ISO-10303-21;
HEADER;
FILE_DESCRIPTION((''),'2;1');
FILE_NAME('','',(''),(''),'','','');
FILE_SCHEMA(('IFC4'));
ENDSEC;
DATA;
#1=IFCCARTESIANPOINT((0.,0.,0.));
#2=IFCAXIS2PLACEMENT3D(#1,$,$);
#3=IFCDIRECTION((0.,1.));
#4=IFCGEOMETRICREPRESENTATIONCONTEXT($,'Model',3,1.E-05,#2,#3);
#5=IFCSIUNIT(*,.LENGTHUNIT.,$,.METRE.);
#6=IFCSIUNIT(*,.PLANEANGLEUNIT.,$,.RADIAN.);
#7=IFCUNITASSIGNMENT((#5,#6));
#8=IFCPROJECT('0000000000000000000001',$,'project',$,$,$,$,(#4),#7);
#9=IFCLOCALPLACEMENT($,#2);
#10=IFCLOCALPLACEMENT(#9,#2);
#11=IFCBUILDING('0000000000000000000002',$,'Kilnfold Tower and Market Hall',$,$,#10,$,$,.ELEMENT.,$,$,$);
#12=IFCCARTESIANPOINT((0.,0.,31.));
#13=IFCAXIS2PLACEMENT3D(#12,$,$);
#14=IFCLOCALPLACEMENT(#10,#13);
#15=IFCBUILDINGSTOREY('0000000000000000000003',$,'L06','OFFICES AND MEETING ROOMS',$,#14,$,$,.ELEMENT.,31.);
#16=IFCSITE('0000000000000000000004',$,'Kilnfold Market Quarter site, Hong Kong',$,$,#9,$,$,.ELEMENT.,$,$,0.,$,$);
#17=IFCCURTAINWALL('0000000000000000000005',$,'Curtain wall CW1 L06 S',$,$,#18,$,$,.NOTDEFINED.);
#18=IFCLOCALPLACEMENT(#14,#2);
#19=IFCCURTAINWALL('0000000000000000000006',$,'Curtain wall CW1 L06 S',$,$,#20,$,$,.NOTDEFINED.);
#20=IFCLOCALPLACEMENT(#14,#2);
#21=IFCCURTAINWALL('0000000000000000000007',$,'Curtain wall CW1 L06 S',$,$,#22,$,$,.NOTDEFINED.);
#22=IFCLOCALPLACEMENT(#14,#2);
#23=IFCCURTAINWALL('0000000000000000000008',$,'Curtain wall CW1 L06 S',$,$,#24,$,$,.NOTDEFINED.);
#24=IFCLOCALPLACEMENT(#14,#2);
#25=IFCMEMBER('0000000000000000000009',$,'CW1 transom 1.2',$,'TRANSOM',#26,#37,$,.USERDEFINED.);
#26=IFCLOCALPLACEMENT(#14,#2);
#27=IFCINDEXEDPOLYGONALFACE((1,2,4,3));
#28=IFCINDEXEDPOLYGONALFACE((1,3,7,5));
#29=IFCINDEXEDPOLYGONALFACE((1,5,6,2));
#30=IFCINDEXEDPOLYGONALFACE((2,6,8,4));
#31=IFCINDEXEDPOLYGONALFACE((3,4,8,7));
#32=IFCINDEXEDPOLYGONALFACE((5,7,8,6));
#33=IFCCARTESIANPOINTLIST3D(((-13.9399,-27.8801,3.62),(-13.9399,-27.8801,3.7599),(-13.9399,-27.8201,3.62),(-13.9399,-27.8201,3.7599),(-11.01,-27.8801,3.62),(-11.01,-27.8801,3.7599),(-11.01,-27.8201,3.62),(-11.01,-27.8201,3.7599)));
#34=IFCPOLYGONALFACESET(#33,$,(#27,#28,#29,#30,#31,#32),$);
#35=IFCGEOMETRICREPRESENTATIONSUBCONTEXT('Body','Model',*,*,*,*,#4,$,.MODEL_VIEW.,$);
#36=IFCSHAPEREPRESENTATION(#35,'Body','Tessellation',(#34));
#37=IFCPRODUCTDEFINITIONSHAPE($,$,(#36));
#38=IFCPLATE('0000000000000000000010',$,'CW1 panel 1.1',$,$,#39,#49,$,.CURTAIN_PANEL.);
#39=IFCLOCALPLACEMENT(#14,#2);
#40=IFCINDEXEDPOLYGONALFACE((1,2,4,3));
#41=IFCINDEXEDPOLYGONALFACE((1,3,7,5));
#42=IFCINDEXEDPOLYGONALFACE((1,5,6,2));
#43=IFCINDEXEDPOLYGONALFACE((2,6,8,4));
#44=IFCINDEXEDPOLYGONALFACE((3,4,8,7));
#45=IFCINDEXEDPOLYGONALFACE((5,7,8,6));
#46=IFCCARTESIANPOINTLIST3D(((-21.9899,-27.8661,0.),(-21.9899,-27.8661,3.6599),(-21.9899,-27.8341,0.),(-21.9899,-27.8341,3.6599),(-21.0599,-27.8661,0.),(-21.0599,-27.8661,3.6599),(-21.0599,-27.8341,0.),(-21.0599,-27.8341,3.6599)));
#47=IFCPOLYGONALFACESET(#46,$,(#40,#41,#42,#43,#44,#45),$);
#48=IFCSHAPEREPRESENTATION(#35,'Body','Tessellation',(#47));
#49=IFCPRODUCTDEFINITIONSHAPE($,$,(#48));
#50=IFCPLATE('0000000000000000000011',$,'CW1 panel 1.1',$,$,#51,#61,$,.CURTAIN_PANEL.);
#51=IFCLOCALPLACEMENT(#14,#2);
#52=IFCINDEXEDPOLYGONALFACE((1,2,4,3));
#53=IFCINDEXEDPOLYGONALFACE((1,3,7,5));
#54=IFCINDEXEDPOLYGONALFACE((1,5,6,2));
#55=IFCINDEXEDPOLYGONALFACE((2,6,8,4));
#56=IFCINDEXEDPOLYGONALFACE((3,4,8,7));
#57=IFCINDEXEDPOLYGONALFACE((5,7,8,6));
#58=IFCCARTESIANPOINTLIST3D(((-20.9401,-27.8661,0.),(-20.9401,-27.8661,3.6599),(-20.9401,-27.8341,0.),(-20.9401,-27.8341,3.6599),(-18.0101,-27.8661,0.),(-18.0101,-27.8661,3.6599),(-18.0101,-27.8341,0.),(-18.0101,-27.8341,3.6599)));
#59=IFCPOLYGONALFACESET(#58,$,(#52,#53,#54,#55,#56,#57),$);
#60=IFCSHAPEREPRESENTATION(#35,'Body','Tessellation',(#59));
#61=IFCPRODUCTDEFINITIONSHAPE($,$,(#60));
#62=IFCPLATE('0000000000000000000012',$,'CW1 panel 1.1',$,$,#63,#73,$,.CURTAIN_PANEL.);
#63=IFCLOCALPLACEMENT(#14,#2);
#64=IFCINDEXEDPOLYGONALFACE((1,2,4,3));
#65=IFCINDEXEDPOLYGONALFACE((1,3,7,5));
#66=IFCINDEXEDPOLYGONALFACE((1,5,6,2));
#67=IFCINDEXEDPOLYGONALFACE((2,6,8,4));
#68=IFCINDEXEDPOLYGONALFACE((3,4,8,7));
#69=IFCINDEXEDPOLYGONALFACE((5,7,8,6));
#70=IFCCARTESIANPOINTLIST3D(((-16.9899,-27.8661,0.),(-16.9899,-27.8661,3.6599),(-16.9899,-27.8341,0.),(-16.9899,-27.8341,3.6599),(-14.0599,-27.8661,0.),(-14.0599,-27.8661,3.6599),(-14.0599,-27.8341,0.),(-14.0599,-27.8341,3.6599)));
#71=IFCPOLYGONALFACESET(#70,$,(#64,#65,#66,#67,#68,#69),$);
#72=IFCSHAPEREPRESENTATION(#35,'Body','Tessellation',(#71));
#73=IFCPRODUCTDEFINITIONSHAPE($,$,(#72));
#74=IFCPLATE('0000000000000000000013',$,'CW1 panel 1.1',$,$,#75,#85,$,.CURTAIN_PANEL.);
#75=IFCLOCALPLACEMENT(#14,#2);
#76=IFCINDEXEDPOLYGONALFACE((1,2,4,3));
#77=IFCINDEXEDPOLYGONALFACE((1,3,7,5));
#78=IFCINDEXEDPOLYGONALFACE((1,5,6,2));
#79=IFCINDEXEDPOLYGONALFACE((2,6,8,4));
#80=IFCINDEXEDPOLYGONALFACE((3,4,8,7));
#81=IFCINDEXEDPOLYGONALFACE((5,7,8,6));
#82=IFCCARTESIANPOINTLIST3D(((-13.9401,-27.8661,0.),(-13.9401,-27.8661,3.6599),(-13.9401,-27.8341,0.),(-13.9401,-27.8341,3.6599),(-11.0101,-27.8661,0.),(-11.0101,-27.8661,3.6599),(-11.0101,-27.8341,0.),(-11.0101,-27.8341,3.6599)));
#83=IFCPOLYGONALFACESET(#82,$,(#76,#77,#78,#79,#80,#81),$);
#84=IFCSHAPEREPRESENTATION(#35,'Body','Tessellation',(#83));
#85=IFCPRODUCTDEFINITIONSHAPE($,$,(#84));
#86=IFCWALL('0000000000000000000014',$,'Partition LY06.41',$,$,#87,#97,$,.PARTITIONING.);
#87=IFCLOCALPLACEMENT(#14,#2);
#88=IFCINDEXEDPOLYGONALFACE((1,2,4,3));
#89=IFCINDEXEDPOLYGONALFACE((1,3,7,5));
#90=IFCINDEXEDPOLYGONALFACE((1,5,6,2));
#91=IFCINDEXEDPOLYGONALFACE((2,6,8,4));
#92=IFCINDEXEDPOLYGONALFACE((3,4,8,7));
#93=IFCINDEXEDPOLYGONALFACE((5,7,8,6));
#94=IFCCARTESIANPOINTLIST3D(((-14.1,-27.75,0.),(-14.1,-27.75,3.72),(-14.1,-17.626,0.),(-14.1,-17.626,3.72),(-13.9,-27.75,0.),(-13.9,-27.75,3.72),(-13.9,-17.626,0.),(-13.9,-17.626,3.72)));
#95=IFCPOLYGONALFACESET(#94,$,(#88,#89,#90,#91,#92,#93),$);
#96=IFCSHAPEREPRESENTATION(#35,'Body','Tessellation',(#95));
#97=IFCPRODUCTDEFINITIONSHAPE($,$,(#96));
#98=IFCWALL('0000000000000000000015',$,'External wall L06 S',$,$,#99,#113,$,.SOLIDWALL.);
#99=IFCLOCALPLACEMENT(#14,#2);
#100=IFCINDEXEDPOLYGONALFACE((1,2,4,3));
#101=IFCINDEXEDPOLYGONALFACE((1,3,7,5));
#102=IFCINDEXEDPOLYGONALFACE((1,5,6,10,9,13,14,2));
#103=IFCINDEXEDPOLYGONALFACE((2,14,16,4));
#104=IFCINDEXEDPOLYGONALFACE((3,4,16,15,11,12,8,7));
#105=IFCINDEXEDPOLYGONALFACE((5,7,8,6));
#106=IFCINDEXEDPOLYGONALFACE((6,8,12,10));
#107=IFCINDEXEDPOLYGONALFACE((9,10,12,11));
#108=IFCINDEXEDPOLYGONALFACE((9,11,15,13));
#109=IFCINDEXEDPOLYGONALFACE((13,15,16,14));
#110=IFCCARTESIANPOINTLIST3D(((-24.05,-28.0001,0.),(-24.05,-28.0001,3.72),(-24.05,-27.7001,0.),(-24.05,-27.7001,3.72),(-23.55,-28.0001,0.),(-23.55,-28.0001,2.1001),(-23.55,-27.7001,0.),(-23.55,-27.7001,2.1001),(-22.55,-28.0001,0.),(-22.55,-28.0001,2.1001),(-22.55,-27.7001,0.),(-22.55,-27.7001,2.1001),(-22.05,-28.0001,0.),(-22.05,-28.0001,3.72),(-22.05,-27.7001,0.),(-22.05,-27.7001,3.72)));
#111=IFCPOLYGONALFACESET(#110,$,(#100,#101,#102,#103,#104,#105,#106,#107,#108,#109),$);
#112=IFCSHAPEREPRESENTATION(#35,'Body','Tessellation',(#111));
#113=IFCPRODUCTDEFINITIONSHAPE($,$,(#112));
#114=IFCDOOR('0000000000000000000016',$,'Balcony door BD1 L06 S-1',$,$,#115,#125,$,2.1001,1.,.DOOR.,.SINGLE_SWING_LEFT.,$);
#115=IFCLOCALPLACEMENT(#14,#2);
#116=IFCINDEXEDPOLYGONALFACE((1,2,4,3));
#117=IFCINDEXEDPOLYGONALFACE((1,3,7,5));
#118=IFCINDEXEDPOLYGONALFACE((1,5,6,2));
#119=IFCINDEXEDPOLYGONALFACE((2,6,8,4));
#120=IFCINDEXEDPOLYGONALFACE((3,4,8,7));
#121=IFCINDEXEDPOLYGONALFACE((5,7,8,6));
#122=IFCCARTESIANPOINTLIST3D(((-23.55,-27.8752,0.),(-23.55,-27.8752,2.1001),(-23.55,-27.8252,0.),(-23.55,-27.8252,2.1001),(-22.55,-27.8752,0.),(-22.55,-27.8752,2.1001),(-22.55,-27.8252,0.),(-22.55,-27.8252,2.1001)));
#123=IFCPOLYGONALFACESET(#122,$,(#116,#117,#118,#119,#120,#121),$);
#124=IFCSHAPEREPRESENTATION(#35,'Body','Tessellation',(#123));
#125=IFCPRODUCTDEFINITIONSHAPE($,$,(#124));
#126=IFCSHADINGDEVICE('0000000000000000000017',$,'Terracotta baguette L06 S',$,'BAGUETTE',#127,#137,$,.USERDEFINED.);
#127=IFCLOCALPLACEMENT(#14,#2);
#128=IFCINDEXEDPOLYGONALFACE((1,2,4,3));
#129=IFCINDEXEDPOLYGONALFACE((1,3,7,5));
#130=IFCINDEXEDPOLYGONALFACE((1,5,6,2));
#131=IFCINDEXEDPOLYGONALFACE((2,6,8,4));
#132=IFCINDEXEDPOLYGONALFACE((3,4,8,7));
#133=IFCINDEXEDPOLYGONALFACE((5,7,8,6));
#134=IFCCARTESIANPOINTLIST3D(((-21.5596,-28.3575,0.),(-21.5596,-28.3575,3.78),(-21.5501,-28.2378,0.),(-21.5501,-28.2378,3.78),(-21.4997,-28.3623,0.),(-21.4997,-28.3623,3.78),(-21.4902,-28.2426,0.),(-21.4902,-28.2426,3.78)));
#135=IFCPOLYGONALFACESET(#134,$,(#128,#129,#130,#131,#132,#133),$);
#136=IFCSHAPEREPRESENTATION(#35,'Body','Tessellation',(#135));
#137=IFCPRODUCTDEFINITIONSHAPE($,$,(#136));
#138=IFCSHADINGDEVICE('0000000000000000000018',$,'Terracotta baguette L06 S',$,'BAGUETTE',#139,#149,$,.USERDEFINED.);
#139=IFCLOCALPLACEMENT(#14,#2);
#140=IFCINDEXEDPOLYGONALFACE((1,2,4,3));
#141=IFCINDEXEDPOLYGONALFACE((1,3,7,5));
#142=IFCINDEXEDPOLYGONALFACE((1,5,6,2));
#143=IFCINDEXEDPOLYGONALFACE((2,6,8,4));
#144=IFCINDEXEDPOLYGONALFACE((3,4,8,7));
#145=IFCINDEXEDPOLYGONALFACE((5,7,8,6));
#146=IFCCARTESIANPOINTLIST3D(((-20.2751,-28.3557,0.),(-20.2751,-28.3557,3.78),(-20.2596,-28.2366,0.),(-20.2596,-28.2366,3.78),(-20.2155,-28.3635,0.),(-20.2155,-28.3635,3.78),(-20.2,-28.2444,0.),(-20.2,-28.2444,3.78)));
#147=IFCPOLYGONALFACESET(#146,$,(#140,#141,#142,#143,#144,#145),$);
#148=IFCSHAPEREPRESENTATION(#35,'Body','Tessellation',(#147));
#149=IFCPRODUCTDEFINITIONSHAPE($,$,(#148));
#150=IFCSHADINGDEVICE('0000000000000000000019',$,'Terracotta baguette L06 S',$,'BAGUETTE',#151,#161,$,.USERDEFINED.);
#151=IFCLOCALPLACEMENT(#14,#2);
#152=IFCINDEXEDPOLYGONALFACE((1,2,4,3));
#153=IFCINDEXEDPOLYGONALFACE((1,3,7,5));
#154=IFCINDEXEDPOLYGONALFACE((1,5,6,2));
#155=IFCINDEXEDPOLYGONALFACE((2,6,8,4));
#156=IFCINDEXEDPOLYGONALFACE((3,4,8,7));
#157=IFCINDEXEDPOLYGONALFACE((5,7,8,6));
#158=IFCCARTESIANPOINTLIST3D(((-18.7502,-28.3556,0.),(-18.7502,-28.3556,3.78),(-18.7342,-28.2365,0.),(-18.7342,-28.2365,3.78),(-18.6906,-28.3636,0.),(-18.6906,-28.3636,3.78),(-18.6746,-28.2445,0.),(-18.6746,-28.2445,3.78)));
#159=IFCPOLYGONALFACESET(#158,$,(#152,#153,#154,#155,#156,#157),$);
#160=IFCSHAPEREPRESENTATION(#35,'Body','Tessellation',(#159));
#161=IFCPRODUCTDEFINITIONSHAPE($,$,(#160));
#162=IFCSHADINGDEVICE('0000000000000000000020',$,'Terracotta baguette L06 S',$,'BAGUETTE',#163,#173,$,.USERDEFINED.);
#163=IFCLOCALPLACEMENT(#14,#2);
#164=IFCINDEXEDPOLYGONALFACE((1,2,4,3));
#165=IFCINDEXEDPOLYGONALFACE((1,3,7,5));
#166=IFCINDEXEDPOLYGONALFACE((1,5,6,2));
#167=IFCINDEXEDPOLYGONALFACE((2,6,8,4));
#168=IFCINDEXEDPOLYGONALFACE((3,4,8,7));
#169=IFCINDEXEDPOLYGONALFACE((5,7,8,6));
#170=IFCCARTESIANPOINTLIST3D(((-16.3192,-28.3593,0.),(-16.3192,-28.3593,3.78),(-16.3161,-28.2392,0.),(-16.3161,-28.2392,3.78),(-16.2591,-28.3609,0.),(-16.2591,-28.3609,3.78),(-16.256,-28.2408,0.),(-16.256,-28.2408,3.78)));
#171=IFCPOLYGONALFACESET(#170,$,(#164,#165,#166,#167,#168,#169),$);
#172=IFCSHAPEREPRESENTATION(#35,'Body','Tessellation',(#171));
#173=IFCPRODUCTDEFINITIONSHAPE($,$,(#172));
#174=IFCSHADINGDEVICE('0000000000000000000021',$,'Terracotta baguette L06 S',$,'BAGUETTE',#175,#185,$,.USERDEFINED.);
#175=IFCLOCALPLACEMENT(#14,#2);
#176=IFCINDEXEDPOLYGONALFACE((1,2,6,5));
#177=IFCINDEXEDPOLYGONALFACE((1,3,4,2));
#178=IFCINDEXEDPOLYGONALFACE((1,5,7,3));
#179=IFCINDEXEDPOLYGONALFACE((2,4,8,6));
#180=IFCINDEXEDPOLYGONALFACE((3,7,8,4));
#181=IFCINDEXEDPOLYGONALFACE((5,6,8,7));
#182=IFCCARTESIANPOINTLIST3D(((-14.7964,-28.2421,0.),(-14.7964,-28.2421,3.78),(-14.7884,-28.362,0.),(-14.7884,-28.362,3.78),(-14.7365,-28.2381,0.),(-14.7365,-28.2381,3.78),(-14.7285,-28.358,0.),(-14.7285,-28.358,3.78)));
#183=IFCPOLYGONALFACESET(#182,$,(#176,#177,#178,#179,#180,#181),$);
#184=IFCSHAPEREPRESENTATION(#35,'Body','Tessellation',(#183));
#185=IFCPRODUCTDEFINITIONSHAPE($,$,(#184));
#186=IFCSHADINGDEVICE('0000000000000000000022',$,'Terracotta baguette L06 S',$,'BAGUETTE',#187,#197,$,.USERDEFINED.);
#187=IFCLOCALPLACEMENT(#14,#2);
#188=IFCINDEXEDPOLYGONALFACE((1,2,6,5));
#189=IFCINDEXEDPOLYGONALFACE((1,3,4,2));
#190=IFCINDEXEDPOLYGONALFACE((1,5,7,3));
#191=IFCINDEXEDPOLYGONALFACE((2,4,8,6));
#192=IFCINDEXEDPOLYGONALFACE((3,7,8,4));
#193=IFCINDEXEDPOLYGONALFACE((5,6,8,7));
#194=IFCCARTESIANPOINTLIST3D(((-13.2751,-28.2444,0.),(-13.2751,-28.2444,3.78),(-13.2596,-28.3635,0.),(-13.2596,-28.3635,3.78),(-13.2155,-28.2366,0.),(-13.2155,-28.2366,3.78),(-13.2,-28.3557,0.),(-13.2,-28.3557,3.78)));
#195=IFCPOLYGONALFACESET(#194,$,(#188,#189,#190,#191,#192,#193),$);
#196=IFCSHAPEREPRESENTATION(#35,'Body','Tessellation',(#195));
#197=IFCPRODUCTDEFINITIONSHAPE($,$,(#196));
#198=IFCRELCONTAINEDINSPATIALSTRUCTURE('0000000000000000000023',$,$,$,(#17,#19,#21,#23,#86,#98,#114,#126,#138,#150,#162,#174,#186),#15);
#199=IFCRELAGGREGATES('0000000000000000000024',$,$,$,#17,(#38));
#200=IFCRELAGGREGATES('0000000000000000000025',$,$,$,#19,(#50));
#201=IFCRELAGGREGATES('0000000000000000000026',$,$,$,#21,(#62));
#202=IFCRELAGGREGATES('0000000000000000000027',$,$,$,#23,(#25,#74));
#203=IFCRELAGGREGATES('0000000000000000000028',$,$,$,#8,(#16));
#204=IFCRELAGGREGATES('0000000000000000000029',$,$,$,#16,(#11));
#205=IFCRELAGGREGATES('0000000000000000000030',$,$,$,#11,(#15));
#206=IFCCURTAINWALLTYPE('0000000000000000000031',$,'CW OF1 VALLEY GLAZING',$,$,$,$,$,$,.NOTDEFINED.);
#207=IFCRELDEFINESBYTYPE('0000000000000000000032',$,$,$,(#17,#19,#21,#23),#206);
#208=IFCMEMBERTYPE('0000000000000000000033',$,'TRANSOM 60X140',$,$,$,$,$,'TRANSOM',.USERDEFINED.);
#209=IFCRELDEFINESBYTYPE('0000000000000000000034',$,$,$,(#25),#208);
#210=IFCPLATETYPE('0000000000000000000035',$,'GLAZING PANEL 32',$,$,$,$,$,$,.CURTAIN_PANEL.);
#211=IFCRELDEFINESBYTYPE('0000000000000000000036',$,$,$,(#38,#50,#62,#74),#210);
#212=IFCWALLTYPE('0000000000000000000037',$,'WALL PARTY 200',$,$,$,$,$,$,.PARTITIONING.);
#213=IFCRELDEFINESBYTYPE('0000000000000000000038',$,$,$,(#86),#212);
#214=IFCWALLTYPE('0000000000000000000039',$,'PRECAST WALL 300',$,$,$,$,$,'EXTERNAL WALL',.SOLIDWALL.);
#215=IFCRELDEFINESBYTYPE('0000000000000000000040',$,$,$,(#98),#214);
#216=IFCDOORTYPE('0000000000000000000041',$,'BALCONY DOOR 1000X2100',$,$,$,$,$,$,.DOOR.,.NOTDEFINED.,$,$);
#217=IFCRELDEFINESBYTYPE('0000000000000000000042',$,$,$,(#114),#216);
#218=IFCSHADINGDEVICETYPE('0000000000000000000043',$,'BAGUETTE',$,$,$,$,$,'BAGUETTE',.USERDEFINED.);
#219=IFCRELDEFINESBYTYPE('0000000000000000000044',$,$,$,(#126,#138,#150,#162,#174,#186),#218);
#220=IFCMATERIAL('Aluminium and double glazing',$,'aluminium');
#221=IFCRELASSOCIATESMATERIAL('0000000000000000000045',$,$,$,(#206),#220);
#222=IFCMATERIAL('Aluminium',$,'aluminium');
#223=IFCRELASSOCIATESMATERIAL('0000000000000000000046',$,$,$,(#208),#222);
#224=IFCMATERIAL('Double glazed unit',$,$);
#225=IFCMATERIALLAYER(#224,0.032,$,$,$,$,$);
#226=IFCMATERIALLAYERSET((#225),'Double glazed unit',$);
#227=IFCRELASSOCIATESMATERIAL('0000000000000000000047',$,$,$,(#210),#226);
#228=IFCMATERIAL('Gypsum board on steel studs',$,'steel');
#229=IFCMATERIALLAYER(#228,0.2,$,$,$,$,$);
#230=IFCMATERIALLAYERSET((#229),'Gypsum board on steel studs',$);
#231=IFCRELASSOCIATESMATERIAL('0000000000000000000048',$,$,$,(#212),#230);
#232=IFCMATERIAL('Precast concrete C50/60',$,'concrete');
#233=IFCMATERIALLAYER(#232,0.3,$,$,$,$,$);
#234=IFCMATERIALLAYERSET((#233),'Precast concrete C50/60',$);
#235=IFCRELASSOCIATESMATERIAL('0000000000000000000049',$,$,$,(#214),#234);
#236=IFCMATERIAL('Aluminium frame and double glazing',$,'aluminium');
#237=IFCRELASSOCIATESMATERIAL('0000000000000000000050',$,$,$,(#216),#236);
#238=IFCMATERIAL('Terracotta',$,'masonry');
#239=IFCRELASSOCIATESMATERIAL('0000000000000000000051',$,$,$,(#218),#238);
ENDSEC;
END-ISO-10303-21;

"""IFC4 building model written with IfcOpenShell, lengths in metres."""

from ifc_helpers import new_model, si_unit, direction, frame, frame_2d, origin, origin_2d, place, context, subcontext, project, spatial, rectangle, extrude, source, transform, mapped, material, layer, layer_set, material_profile, profile_set, type_object, element, fill, aggregate, save


model = new_model("IFC4")

# Units and contexts
model_context = context("Model", 3, precision=1e-05, world=origin(), true_north=direction((0.0, 1.0)))
body_context = subcontext(model_context, "Body", "Model", "MODEL_VIEW")
ifc_project = project(units=[si_unit("LENGTHUNIT", "METRE"), si_unit("PLANEANGLEUNIT", "RADIAN")], contexts=[model_context])

# Site, building, storey
site_placement = place(None, origin())
site = spatial("IfcSite", under=ifc_project, at=site_placement, Name="Kilnfold Market Quarter site, Hong Kong", CompositionType="ELEMENT", RefElevation=0.0)
building_placement = place(site_placement, origin())
building = spatial("IfcBuilding", under=site, at=building_placement, Name="Kilnfold Tower and Market Hall", CompositionType="ELEMENT")
storey_placement = place(building_placement, frame((0.0, 0.0, 31.0)))
storey = spatial("IfcBuildingStorey", under=building, at=storey_placement, Name="L06", Description="OFFICES AND MEETING ROOMS", CompositionType="ELEMENT", Elevation=31.0)

# Curtain walls
ifc_material_1 = material(Name="Aluminium and double glazing", Category="aluminium")
curtain_wall_type = type_object("IfcCurtainWallType", Name="CW OF1 VALLEY GLAZING", PredefinedType="NOTDEFINED", material=ifc_material_1)
curtain_wall_1_placement = place(storey_placement, origin())
curtain_wall_1 = element("IfcCurtainWall", 1, at=curtain_wall_1_placement, inside=storey, type_object=curtain_wall_type, Name="Curtain wall CW1 L06 S", PredefinedType="NOTDEFINED")
curtain_wall_2_placement = place(storey_placement, origin())
curtain_wall_2 = element("IfcCurtainWall", 2, at=curtain_wall_2_placement, inside=storey, type_object=curtain_wall_type, Name="Curtain wall CW1 L06 S", PredefinedType="NOTDEFINED")
curtain_wall_3_placement = place(storey_placement, origin())
curtain_wall_3 = element("IfcCurtainWall", 3, at=curtain_wall_3_placement, inside=storey, type_object=curtain_wall_type, Name="Curtain wall CW1 L06 S", PredefinedType="NOTDEFINED")

# Curtain wall
curtain_wall_4_placement = place(storey_placement, origin())
curtain_wall_4 = element("IfcCurtainWall", 4, at=curtain_wall_4_placement, inside=storey, type_object=curtain_wall_type, Name="Curtain wall CW1 L06 S", PredefinedType="NOTDEFINED")

# Member
ifc_material_2 = material(Name="Aluminium", Category="aluminium")
ifc_material_profile_1 = material_profile(ifc_material_2, rectangle(XDim=0.0601, YDim=0.1399, at=origin_2d()), Name="TRANSOM 60x140")
ifc_profile_set_1 = profile_set([ifc_material_profile_1], Name="Aluminium")
member_type_1 = type_object("IfcMemberType", Name="TRANSOM 60X140", ElementType="TRANSOM", PredefinedType="USERDEFINED", material=ifc_profile_set_1)
shared_shape_1 = source(origin(), body_context, "Body", "SweptSolid", [
    extrude(rectangle(XDim=0.0601, YDim=0.1399, at=origin_2d()), origin(), (0.0, 0.0, 1.0), 2.9299),
])
member_1_placement = place(storey_placement, frame((-13.9399, -27.8501, 3.6899), z_axis=(1.0, 0.0, 0.0), x_axis=(0.0, 1.0, 0.0)))
member_1 = element("IfcMember", 5, at=member_1_placement, type_object=member_type_1, Name="CW1 transom 1.2", ObjectType="TRANSOM", PredefinedType="USERDEFINED", context=body_context, shape_type="MappedRepresentation", body=[
    mapped(shared_shape_1, transform((0.0, 0.0, 0.0))),
])

# Plates
ifc_material_3 = material(Name="Double glazed unit")
ifc_layer_1 = layer(ifc_material_3, 0.032)
ifc_layer_set_1 = layer_set([ifc_layer_1], Name="Double glazed unit")
plate_type = type_object("IfcPlateType", Name="GLAZING PANEL 32", PredefinedType="CURTAIN_PANEL", material=ifc_layer_set_1)
shared_shape_2 = source(origin(), body_context, "Body", "SweptSolid", [
    extrude(rectangle(XDim=0.9299, YDim=0.032, at=origin_2d()), origin(), (0.0, 0.0, 1.0), 3.6599),
])
plate_1_placement = place(storey_placement, frame((-21.5249, -27.8501, 0.0), z_axis=(0.0, 0.0, 1.0), x_axis=(1.0, 0.0, 0.0)))
plate_1 = element("IfcPlate", 6, at=plate_1_placement, type_object=plate_type, Name="CW1 panel 1.1", PredefinedType="CURTAIN_PANEL", context=body_context, shape_type="MappedRepresentation", body=[
    mapped(shared_shape_2, transform((0.0, 0.0, 0.0))),
])
aggregate(curtain_wall_1, [plate_1])
shared_shape_3 = source(origin(), body_context, "Body", "SweptSolid", [
    extrude(rectangle(XDim=2.9299, YDim=0.032, at=origin_2d()), origin(), (0.0, 0.0, 1.0), 3.6599),
])
plate_2_placement = place(storey_placement, frame((-19.4751, -27.8501, 0.0), z_axis=(0.0, 0.0, 1.0), x_axis=(1.0, 0.0, 0.0)))
plate_2 = element("IfcPlate", 7, at=plate_2_placement, type_object=plate_type, Name="CW1 panel 1.1", PredefinedType="CURTAIN_PANEL", context=body_context, shape_type="MappedRepresentation", body=[
    mapped(shared_shape_3, transform((0.0, 0.0, 0.0))),
])
aggregate(curtain_wall_2, [plate_2])
plate_3_placement = place(storey_placement, frame((-15.5249, -27.8501, 0.0), z_axis=(0.0, 0.0, 1.0), x_axis=(1.0, 0.0, 0.0)))
plate_3 = element("IfcPlate", 8, at=plate_3_placement, type_object=plate_type, Name="CW1 panel 1.1", PredefinedType="CURTAIN_PANEL", context=body_context, shape_type="MappedRepresentation", body=[
    mapped(shared_shape_3, transform((0.0, 0.0, 0.0))),
])
aggregate(curtain_wall_3, [plate_3])
plate_4_placement = place(storey_placement, frame((-12.4751, -27.8501, 0.0), z_axis=(0.0, 0.0, 1.0), x_axis=(1.0, 0.0, 0.0)))
plate_4 = element("IfcPlate", 9, at=plate_4_placement, type_object=plate_type, Name="CW1 panel 1.1", PredefinedType="CURTAIN_PANEL", context=body_context, shape_type="MappedRepresentation", body=[
    mapped(shared_shape_3, transform((0.0, 0.0, 0.0))),
])
aggregate(curtain_wall_4, [member_1, plate_4])

# Wall
ifc_material_4 = material(Name="Gypsum board on steel studs", Category="steel")
ifc_layer_2 = layer(ifc_material_4, 0.2)
ifc_layer_set_2 = layer_set([ifc_layer_2], Name="Gypsum board on steel studs")
wall_type_1 = type_object("IfcWallType", Name="WALL PARTY 200", PredefinedType="PARTITIONING", material=ifc_layer_set_2)
wall_1_placement = place(storey_placement, frame((-14.0, -27.75, 0.0), z_axis=(0.0, 0.0, 1.0), x_axis=(0.0, 1.0, 0.0)))
element("IfcWall", 10, at=wall_1_placement, inside=storey, type_object=wall_type_1, Name="Partition LY06.41", PredefinedType="PARTITIONING", context=body_context, shape_type="SweptSolid", body=[
    extrude(rectangle(XDim=10.124, YDim=0.2, at=frame_2d((5.062, 0.0))), origin(), (0.0, 0.0, 1.0), 3.72),
])

# Wall, opening, door
ifc_material_5 = material(Name="Precast concrete C50/60", Category="concrete")
ifc_layer_3 = layer(ifc_material_5, 0.3)
ifc_layer_set_3 = layer_set([ifc_layer_3], Name="Precast concrete C50/60")
wall_type_2 = type_object("IfcWallType", Name="PRECAST WALL 300", ElementType="EXTERNAL WALL", PredefinedType="SOLIDWALL", material=ifc_layer_set_3)
shared_shape_4 = source(origin(), body_context, "Body", "SweptSolid", [
    extrude(rectangle(XDim=2.0, YDim=0.3, at=frame_2d((1.0, 0.0))), origin(), (0.0, 0.0, 1.0), 3.72),
])
wall_2_placement = place(storey_placement, frame((-24.05, -27.8501, 0.0), z_axis=(0.0, 0.0, 1.0), x_axis=(1.0, 0.0, 0.0)))
wall_2 = element("IfcWall", 11, at=wall_2_placement, inside=storey, type_object=wall_type_2, Name="External wall L06 S", PredefinedType="SOLIDWALL", context=body_context, shape_type="MappedRepresentation", body=[
    mapped(shared_shape_4, transform((0.0, 0.0, 0.0))),
])
opening_placement = place(wall_2_placement, frame((0.5, 0.0, 0.0)))
opening = element("IfcOpeningElement", 12, at=opening_placement, cuts=wall_2, PredefinedType="OPENING", context=body_context, shape_type="SweptSolid", body=[
    extrude(rectangle(XDim=1.0, YDim=2.1001, at=frame_2d((0.5, 1.05))), frame((0.0, 0.1602, 0.0), z_axis=(0.0, -1.0, 0.0), x_axis=(1.0, 0.0, 0.0)), (0.0, 0.0, 1.0), 0.3201),
])
ifc_material_6 = material(Name="Aluminium frame and double glazing", Category="aluminium")
door_type = type_object("IfcDoorType", Name="BALCONY DOOR 1000X2100", OperationType="NOTDEFINED", PredefinedType="DOOR", material=ifc_material_6)
door_placement = place(opening_placement, origin())
door = element("IfcDoor", 13, at=door_placement, inside=storey, type_object=door_type, Name="Balcony door BD1 L06 S-1", OperationType="SINGLE_SWING_LEFT", OverallHeight=2.1001, OverallWidth=1.0, PredefinedType="DOOR", context=body_context, shape_type="SweptSolid", body=[
    extrude(rectangle(XDim=1.0, YDim=2.1001, at=frame_2d((0.5, 1.05))), frame((0.0, 0.0249, 0.0), z_axis=(0.0, -1.0, 0.0), x_axis=(1.0, 0.0, 0.0)), (0.0, 0.0, 1.0), 0.05),
])
fill(opening, door)

# Shading devices
ifc_material_7 = material(Name="Terracotta", Category="masonry")
ifc_material_profile_2 = material_profile(ifc_material_7, rectangle(XDim=0.0601, YDim=0.1201, at=origin_2d()), Name="BAG 60x120")
ifc_profile_set_2 = profile_set([ifc_material_profile_2], Name="Terracotta")
shading_device_type = type_object("IfcShadingDeviceType", Name="BAGUETTE", ElementType="BAGUETTE", PredefinedType="USERDEFINED", material=ifc_profile_set_2)
shared_shape_5 = source(origin(), body_context, "Body", "SweptSolid", [
    extrude(rectangle(XDim=0.0601, YDim=0.1201, at=origin_2d()), origin(), (0.0, 0.0, 1.0), 3.78),
])
for number, where, z_axis, x_axis, name in (
    (14, (-21.5249, -28.3, 0.0), (0.0, 0.0, 1.0), (0.996836, -0.079482, 0.0), "Terracotta baguette L06 S"),
    (15, (-20.2375, -28.3, 0.0), (0.0, 0.0, 1.0), (0.99165, -0.128958, 0.0), "Terracotta baguette L06 S"),
    (16, (-18.7124, -28.3, 0.0), (0.0, 0.0, 1.0), (0.991105, -0.133085, 0.0), "Terracotta baguette L06 S"),
    (17, (-16.2876, -28.3, 0.0), (0.0, 0.0, 1.0), (0.999671, -0.025638, 0.0), "Terracotta baguette L06 S"),
    (18, (-14.7625, -28.3, 0.0), (0.0, 0.0, 1.0), (0.997762, 0.066859, 0.0), "Terracotta baguette L06 S"),
    (19, (-13.2375, -28.3, 0.0), (0.0, 0.0, 1.0), (0.99165, 0.128958, 0.0), "Terracotta baguette L06 S"),
):
    element("IfcShadingDevice", number, at=place(storey_placement, frame(where, z_axis=z_axis, x_axis=x_axis)), inside=storey, type_object=shading_device_type, Name=name, ObjectType="BAGUETTE", PredefinedType="USERDEFINED", context=body_context, shape_type="MappedRepresentation", body=[
        mapped(shared_shape_5, transform((0.0, 0.0, 0.0))),
    ])

save(model, "model.ifc")
